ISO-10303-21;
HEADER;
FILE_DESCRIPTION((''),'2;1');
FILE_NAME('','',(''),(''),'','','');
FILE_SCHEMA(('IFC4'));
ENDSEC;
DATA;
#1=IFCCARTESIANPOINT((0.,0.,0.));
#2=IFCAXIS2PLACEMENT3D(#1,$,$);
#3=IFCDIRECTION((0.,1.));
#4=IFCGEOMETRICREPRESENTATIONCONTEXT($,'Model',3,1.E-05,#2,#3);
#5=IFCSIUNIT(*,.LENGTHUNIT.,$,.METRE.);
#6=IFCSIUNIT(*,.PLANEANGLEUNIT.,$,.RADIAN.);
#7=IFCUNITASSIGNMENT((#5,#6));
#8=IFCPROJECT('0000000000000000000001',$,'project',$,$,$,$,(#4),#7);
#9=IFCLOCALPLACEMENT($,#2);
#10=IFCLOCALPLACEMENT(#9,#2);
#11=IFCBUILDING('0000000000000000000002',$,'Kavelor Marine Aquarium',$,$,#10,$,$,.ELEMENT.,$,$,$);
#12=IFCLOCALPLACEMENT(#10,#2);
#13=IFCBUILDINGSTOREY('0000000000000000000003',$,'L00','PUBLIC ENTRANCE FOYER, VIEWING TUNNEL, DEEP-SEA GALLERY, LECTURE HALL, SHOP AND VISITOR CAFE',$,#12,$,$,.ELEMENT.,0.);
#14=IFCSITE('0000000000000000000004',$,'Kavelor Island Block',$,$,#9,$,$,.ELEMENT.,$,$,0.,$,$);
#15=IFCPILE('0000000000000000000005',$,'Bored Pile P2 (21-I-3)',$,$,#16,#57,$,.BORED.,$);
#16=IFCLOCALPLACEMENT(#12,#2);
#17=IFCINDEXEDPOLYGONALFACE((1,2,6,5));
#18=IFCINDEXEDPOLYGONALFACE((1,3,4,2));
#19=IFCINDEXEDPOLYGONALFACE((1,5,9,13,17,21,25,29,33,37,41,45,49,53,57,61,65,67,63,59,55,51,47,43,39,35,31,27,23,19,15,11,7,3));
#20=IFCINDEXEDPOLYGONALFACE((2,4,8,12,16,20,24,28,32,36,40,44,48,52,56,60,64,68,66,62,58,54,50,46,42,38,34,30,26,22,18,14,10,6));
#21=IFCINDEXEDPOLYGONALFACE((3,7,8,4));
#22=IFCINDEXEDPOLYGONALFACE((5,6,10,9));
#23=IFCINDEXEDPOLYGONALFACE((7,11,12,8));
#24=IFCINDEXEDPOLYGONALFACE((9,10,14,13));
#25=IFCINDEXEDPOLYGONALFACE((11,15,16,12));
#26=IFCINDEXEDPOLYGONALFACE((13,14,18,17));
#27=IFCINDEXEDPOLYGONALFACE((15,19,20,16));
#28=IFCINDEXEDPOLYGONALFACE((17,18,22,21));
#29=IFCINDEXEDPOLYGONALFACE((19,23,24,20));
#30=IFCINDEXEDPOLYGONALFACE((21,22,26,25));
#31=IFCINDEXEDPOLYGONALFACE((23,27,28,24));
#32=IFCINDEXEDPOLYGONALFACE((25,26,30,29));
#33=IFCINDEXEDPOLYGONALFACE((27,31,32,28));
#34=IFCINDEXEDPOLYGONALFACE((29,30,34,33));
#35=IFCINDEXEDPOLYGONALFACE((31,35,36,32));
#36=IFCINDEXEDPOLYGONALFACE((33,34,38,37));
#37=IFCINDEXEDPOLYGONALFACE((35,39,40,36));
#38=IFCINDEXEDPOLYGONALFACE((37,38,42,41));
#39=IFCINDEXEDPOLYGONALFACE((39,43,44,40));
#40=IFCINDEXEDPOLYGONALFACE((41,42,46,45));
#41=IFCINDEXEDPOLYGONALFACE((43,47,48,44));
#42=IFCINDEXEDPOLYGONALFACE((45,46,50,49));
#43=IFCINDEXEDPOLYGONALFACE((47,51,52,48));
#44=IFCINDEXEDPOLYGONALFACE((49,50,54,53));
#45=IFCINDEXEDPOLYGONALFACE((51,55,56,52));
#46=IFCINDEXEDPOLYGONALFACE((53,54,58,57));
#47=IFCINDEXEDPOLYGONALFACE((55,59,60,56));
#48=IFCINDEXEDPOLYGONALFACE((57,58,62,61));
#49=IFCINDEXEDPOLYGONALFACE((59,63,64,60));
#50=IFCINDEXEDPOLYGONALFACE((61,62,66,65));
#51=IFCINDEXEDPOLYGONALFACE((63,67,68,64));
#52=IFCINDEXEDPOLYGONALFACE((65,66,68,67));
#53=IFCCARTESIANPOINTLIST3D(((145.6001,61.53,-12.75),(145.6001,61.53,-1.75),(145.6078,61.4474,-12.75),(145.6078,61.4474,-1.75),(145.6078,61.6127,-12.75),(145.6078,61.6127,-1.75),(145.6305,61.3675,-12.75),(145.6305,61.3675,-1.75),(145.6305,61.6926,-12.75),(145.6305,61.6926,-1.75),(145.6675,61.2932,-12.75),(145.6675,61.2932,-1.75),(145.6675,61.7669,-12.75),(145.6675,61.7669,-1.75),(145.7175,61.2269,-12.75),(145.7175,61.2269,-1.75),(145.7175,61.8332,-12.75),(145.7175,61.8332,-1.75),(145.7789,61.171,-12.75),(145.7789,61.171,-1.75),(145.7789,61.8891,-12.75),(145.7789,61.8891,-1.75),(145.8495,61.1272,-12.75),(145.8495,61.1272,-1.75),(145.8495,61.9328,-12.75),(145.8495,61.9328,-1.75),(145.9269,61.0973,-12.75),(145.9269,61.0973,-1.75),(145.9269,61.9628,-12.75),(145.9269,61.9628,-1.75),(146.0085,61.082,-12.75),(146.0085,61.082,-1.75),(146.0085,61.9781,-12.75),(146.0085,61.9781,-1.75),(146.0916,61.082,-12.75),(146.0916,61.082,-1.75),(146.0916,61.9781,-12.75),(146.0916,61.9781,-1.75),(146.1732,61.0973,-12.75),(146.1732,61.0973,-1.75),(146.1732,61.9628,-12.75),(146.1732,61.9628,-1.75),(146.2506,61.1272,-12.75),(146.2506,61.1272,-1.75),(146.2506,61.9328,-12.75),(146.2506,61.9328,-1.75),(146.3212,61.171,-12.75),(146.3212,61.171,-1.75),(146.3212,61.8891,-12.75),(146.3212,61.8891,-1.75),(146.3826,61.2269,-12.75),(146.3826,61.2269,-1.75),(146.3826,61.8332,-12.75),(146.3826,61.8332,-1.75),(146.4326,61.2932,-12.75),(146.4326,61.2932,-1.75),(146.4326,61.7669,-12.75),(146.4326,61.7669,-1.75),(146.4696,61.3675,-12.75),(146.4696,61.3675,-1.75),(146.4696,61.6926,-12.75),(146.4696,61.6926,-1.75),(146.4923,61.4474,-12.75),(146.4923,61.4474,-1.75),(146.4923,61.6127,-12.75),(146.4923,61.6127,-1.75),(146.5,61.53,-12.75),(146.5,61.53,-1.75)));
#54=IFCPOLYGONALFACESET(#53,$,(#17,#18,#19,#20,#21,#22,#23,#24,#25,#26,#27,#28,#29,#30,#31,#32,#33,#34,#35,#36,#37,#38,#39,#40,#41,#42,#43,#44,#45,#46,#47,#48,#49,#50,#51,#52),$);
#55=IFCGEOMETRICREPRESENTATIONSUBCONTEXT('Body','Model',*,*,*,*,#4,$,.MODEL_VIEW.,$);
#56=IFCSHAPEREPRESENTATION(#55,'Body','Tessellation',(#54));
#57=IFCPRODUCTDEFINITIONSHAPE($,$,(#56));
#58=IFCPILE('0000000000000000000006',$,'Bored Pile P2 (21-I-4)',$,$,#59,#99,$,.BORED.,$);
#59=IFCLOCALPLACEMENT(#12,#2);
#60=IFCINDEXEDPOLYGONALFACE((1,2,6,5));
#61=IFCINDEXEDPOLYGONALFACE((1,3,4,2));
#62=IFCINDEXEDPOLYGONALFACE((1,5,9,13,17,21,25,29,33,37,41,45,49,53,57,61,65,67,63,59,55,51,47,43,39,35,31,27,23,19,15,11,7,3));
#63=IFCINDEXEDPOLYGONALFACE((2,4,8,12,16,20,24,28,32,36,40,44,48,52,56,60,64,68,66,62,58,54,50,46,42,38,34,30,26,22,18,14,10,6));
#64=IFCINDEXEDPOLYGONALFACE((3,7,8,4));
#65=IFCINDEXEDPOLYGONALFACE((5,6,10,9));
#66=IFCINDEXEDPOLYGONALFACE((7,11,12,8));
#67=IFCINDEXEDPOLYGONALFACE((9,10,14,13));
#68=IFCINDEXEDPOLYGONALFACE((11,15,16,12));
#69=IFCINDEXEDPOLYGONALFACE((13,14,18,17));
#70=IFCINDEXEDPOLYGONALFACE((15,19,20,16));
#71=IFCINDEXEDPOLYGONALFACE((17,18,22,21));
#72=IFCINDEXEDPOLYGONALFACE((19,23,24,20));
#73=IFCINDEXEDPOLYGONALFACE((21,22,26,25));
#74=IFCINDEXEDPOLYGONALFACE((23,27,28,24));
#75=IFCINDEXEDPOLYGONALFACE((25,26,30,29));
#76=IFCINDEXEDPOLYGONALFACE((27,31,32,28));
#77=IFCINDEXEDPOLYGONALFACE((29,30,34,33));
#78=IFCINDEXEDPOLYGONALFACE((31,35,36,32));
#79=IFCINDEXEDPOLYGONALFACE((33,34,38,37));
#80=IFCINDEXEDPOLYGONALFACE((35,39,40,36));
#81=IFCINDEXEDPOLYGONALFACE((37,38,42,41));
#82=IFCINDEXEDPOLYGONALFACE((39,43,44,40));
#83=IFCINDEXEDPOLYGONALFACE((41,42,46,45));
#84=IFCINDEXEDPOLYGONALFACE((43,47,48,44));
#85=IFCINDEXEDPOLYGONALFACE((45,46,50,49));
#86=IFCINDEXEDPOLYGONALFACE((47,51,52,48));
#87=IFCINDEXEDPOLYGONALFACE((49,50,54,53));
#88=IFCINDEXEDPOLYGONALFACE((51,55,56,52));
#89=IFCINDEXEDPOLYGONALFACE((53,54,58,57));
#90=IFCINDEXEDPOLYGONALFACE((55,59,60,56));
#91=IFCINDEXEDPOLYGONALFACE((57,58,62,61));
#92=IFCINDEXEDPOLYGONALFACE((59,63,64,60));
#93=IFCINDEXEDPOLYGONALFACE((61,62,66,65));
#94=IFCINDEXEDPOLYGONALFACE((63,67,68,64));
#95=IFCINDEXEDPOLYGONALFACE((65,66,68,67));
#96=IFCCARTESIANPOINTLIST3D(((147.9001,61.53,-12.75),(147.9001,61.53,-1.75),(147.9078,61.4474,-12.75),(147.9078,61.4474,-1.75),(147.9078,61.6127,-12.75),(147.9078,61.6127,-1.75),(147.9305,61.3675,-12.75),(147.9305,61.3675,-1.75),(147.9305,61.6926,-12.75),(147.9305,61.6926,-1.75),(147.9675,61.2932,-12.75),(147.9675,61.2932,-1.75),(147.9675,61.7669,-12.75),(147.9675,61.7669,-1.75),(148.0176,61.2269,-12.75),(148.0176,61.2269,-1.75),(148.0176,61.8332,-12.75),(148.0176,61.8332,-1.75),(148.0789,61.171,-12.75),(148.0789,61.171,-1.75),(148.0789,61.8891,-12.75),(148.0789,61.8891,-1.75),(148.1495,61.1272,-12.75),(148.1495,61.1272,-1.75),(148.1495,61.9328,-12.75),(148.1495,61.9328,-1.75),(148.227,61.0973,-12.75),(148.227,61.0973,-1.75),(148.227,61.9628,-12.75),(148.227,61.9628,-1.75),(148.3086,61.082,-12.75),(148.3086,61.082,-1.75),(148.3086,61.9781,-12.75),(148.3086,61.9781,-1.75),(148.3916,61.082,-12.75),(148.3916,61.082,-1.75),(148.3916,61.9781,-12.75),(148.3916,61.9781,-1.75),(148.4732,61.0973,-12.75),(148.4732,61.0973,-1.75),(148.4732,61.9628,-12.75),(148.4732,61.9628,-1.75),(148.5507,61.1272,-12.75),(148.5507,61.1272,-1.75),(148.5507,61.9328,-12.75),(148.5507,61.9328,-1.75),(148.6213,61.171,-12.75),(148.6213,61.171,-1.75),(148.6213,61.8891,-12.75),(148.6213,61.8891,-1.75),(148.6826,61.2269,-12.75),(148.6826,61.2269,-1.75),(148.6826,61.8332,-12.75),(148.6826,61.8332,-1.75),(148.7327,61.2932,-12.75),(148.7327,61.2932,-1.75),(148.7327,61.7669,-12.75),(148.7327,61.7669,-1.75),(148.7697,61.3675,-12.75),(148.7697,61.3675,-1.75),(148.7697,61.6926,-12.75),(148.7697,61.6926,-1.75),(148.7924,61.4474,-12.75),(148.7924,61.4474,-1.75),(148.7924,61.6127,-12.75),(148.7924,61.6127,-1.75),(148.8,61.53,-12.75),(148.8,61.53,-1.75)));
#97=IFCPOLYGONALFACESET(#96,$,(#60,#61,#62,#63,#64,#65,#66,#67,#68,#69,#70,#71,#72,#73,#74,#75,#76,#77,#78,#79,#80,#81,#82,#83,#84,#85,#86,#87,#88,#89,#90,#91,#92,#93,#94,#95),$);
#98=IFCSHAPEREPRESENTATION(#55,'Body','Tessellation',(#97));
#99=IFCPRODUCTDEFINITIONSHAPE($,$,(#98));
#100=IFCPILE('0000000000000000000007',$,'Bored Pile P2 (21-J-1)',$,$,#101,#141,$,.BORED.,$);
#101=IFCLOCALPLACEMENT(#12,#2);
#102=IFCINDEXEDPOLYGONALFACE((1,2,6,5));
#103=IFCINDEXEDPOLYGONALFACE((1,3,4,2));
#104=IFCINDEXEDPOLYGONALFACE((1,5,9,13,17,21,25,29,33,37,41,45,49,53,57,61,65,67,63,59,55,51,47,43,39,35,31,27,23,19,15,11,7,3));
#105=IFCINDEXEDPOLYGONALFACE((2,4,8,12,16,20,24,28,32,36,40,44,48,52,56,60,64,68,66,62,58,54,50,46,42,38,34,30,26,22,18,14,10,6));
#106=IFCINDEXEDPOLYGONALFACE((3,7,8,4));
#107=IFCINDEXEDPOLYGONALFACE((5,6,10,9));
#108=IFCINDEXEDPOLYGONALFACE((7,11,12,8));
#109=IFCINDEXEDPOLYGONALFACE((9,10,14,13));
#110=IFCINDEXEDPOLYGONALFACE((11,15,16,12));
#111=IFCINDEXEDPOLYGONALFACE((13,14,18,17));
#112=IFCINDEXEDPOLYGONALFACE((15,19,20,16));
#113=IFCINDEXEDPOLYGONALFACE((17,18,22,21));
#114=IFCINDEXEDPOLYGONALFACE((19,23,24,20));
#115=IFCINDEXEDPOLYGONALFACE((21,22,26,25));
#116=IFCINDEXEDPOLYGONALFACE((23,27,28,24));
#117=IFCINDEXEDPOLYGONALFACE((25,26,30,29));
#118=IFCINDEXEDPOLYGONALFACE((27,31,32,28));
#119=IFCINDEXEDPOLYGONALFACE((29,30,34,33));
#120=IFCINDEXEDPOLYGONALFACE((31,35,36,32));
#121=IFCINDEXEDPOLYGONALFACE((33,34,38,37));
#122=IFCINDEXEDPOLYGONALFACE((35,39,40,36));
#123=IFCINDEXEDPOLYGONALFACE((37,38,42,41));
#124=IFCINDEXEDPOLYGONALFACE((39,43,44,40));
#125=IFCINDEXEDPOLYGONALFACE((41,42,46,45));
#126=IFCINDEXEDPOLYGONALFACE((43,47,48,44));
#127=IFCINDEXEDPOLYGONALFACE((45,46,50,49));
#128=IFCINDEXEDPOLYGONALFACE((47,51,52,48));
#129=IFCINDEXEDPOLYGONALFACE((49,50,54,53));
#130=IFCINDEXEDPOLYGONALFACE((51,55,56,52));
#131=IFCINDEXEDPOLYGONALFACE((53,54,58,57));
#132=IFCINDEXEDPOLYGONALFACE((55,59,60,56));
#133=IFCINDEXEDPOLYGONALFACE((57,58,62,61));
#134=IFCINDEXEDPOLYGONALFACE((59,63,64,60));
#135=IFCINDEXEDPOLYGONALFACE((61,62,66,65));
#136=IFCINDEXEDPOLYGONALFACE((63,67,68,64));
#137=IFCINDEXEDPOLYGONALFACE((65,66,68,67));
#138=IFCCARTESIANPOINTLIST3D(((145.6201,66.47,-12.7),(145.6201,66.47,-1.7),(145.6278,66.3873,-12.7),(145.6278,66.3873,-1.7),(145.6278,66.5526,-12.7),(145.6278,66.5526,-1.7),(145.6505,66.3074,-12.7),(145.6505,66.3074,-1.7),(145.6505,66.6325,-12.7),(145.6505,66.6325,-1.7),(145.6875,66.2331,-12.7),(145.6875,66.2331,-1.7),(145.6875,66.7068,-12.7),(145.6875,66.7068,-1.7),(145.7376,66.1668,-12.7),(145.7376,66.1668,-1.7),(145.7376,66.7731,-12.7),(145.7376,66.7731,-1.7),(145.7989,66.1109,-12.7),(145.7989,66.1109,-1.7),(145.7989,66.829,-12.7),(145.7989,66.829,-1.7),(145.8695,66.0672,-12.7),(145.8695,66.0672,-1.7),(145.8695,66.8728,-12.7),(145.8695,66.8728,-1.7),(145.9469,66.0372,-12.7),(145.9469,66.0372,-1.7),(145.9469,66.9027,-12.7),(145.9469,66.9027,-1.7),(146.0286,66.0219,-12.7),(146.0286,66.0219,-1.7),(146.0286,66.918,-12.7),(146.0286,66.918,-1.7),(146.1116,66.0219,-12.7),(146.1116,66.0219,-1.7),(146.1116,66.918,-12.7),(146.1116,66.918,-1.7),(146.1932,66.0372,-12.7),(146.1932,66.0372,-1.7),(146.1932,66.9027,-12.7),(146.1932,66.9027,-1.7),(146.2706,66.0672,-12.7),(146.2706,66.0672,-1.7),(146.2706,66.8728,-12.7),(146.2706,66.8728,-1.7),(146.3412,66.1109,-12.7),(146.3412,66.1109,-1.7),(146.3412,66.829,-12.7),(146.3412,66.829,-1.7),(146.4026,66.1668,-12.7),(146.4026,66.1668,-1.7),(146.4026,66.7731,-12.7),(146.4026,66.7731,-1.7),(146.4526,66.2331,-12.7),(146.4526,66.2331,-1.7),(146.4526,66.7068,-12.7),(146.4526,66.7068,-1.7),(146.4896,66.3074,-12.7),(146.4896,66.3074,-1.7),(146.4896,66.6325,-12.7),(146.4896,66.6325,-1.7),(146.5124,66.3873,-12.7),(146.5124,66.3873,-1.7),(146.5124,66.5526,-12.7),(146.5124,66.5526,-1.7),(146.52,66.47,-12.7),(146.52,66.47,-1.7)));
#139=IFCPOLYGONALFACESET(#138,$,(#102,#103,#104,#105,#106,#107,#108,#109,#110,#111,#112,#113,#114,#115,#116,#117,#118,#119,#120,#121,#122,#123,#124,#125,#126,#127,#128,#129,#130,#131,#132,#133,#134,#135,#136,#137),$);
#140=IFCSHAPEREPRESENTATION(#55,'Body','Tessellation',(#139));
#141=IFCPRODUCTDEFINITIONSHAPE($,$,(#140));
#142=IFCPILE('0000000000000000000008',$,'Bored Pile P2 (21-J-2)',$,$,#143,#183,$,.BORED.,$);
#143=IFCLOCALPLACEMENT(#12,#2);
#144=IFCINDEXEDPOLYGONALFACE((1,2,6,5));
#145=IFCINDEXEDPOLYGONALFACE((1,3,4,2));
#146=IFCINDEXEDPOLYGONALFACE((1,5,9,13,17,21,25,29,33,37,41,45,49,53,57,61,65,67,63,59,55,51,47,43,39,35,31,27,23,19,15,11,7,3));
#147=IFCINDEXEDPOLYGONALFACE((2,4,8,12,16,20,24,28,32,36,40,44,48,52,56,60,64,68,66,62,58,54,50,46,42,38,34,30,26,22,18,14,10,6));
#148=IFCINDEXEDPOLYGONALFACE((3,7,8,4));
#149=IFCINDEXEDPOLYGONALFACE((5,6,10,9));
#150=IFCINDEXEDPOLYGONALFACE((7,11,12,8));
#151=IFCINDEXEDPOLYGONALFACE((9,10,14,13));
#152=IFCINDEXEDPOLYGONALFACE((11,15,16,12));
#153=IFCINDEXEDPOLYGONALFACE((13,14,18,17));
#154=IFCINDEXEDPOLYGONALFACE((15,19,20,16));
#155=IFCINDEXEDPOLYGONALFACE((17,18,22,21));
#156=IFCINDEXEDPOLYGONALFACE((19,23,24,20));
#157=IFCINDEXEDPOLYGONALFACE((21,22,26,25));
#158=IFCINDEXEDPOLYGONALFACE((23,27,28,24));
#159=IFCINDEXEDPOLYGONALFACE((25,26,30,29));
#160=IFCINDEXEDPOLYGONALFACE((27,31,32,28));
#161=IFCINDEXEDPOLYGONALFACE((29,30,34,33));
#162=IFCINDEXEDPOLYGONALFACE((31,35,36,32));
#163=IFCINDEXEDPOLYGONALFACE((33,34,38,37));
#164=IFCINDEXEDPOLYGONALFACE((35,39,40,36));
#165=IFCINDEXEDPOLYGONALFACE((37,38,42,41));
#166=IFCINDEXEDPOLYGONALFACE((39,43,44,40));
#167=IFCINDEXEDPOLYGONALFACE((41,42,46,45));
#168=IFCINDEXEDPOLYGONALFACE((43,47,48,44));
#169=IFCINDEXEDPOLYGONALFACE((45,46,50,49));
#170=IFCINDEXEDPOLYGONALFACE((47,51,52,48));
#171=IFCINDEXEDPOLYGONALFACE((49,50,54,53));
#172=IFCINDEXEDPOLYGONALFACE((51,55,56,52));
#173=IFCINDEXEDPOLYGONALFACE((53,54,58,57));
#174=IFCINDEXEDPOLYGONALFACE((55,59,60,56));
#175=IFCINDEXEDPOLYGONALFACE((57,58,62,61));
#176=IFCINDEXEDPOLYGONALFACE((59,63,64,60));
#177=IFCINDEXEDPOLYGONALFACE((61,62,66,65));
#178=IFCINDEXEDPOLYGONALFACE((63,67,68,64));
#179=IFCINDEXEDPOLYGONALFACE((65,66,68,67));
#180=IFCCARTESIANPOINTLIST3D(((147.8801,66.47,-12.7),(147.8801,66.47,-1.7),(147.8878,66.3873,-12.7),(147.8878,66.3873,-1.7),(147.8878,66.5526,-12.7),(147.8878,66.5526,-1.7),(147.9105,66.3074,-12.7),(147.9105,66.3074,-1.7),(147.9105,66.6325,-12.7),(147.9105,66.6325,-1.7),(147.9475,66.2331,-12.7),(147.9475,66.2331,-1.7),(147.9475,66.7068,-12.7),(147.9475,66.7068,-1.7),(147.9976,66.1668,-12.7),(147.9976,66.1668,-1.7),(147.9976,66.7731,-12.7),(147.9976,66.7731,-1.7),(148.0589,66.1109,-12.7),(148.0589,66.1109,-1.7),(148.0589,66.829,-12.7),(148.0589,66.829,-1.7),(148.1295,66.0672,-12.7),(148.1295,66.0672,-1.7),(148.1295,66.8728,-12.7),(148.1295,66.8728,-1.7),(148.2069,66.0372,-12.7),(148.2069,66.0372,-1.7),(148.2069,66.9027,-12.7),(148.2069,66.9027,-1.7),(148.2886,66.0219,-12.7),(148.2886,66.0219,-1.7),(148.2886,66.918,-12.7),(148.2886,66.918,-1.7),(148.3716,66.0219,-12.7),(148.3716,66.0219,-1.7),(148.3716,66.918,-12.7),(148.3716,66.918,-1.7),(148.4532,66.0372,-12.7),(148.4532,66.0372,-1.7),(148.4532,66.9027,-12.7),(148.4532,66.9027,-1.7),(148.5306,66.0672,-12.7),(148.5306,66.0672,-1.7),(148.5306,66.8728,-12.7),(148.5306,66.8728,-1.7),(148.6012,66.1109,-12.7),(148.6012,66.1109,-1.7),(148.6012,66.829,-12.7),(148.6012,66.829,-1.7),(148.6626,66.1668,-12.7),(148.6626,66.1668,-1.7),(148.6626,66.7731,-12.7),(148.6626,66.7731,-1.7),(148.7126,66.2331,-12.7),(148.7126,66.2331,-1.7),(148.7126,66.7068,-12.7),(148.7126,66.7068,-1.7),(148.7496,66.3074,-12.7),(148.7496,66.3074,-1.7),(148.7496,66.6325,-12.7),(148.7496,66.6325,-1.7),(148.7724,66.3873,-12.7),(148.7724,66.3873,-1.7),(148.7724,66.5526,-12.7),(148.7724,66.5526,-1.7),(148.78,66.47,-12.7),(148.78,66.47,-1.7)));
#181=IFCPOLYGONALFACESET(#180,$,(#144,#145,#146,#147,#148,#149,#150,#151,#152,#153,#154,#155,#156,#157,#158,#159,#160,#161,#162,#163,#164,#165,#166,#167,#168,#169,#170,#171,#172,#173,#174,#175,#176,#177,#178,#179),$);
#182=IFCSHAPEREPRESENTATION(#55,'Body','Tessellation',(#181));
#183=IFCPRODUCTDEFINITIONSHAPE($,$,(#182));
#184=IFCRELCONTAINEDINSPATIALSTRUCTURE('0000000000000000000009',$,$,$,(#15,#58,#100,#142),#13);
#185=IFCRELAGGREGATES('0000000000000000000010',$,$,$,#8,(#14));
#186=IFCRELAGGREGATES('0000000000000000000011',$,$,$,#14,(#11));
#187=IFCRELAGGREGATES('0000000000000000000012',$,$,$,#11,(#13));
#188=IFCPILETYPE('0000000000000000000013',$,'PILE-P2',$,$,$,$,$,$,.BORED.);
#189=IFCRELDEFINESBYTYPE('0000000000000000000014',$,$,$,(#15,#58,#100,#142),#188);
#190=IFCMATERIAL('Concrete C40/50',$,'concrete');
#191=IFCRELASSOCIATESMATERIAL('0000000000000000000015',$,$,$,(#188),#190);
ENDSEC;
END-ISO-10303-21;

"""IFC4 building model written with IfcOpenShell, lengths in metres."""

from ifc_helpers import new_model, si_unit, direction, frame, origin, origin_2d, place, context, subcontext, project, spatial, circle, extrude, material, material_profile, profile_set, type_object, element, save


model = new_model("IFC4")

# Units and contexts
model_context = context("Model", 3, precision=1e-05, world=origin(), true_north=direction((0.0, 1.0)))
body_context = subcontext(model_context, "Body", "Model", "MODEL_VIEW")
ifc_project = project(units=[si_unit("LENGTHUNIT", "METRE"), si_unit("PLANEANGLEUNIT", "RADIAN")], contexts=[model_context])

# Site, building, storey
site_placement = place(None, origin())
site = spatial("IfcSite", under=ifc_project, at=site_placement, Name="Kavelor Island Block", CompositionType="ELEMENT", RefElevation=0.0)
building_placement = place(site_placement, origin())
building = spatial("IfcBuilding", under=site, at=building_placement, Name="Kavelor Marine Aquarium", CompositionType="ELEMENT")
storey_placement = place(building_placement, origin())
storey = spatial("IfcBuildingStorey", under=building, at=storey_placement, Name="L00", Description="PUBLIC ENTRANCE FOYER, VIEWING TUNNEL, DEEP-SEA GALLERY, LECTURE HALL, SHOP AND VISITOR CAFE", CompositionType="ELEMENT", Elevation=0.0)

# Piles
ifc_material_1 = material(Name="Concrete C40/50", Category="concrete")
ifc_material_profile_1 = material_profile(ifc_material_1, circle(Radius=0.45, at=origin_2d()), Name="PILE D900")
ifc_profile_set_1 = profile_set([ifc_material_profile_1], Name="Concrete C40/50")
pile_type_1 = type_object("IfcPileType", Name="PILE-P2", PredefinedType="BORED", material=ifc_profile_set_1)
for number, where, z_axis, x_axis, name in (
    (1, (146.05, 61.53, -1.75), (0.0, 0.0, -1.0), (1.0, 0.0, 0.0), "Bored Pile P2 (21-I-3)"),
    (2, (148.3501, 61.53, -1.75), (0.0, 0.0, -1.0), (1.0, 0.0, 0.0), "Bored Pile P2 (21-I-4)"),
    (3, (146.0701, 66.47, -1.7), (0.0, 0.0, -1.0), (1.0, 0.0, 0.0), "Bored Pile P2 (21-J-1)"),
    (4, (148.3301, 66.47, -1.7), (0.0, 0.0, -1.0), (1.0, 0.0, 0.0), "Bored Pile P2 (21-J-2)"),
):
    element("IfcPile", number, at=place(storey_placement, frame(where, z_axis=z_axis, x_axis=x_axis)), inside=storey, type_object=pile_type_1, Name=name, PredefinedType="BORED", context=body_context, shape_type="SweptSolid", body=[
        extrude(circle(Radius=0.45, at=origin_2d()), origin(), (0.0, 0.0, 1.0), 11.0),
    ])

save(model, "model.ifc")
